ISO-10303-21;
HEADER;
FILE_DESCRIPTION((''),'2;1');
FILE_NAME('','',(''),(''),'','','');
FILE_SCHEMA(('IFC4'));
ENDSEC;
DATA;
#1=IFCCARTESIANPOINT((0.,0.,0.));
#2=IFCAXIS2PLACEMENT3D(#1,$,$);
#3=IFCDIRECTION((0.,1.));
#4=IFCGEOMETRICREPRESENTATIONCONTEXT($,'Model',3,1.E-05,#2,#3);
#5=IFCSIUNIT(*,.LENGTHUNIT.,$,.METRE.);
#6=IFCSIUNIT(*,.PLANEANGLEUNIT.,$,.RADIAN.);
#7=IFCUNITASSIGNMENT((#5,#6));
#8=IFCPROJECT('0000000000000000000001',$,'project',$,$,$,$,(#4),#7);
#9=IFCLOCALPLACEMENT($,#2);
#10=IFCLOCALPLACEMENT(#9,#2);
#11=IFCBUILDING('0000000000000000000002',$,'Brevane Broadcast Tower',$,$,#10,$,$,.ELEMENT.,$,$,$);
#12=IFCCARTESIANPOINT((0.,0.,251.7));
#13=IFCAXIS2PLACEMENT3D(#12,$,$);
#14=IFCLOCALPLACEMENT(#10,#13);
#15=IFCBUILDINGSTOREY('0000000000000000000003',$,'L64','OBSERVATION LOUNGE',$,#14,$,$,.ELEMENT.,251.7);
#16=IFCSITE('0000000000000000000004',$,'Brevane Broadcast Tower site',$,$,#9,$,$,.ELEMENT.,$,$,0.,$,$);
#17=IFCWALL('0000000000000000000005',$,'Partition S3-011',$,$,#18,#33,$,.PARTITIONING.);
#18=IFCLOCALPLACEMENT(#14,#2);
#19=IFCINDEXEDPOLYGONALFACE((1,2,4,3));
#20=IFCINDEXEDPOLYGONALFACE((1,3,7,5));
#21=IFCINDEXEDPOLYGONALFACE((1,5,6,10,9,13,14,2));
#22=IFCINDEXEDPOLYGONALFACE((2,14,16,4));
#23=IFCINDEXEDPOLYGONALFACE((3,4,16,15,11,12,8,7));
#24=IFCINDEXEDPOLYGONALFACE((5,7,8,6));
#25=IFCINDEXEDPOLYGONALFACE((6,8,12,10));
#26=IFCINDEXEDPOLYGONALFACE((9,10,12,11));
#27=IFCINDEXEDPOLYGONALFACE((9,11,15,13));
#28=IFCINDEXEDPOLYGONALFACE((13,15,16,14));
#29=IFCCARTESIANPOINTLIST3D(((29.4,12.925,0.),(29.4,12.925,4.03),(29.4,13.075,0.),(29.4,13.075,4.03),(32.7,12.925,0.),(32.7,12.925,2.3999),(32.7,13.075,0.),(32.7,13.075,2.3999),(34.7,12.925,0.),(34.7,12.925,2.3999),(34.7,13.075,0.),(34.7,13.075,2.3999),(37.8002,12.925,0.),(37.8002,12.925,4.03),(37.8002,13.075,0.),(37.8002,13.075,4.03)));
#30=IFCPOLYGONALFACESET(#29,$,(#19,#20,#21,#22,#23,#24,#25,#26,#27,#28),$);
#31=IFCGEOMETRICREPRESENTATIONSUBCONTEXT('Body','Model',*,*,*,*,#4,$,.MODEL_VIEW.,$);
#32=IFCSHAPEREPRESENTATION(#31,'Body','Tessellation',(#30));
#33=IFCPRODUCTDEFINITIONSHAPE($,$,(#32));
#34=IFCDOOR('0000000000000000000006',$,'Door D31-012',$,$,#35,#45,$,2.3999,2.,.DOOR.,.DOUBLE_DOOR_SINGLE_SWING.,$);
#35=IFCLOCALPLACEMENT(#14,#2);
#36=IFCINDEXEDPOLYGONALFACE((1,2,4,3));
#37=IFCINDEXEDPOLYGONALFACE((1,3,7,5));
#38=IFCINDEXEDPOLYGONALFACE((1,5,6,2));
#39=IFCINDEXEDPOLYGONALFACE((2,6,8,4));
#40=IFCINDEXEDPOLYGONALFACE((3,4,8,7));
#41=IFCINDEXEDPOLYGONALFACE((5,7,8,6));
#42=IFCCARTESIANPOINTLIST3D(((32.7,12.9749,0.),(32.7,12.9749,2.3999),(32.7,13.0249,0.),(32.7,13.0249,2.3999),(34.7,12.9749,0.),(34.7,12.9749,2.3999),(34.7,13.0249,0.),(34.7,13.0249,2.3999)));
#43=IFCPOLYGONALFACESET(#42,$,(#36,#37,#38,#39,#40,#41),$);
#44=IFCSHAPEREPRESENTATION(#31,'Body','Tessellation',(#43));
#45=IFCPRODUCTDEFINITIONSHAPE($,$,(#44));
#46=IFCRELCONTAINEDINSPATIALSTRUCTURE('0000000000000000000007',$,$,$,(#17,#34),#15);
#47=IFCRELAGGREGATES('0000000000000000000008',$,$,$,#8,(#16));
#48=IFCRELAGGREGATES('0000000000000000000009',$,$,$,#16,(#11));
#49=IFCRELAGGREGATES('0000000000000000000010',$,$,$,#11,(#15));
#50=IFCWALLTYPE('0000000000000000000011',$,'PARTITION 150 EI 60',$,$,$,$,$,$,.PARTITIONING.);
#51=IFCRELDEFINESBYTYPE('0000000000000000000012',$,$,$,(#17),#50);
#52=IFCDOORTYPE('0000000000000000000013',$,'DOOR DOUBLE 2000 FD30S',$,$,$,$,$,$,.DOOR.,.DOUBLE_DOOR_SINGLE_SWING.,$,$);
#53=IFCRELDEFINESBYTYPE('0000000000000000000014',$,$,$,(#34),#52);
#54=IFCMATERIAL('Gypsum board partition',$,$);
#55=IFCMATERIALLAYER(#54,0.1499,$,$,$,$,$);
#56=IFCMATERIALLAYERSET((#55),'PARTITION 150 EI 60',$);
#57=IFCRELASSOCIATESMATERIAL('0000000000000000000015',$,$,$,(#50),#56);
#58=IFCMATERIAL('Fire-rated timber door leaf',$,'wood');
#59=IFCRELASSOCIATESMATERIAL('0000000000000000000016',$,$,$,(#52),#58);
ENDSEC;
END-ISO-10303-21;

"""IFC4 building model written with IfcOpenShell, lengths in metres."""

from ifc_helpers import new_model, si_unit, direction, frame, frame_2d, origin, place, context, subcontext, project, spatial, rectangle, extrude, material, layer, layer_set, type_object, element, fill, save


model = new_model("IFC4")

# Units and contexts
model_context = context("Model", 3, precision=1e-05, world=origin(), true_north=direction((0.0, 1.0)))
body_context = subcontext(model_context, "Body", "Model", "MODEL_VIEW")
ifc_project = project(units=[si_unit("LENGTHUNIT", "METRE"), si_unit("PLANEANGLEUNIT", "RADIAN")], contexts=[model_context])

# Site, building, storey
site_placement = place(None, origin())
site = spatial("IfcSite", under=ifc_project, at=site_placement, Name="Brevane Broadcast Tower site", CompositionType="ELEMENT", RefElevation=0.0)
building_placement = place(site_placement, origin())
building = spatial("IfcBuilding", under=site, at=building_placement, Name="Brevane Broadcast Tower", CompositionType="ELEMENT")
storey_placement = place(building_placement, frame((0.0, 0.0, 251.7)))
storey = spatial("IfcBuildingStorey", under=building, at=storey_placement, Name="L64", Description="OBSERVATION LOUNGE", CompositionType="ELEMENT", Elevation=251.7)

# Shared definitions
ifc_material_1 = material(Name="Gypsum board partition")
ifc_layer_1 = layer(ifc_material_1, 0.1499)
ifc_layer_set_1 = layer_set([ifc_layer_1], Name="PARTITION 150 EI 60")
wall_type_1 = type_object("IfcWallType", Name="PARTITION 150 EI 60", PredefinedType="PARTITIONING", material=ifc_layer_set_1)
ifc_material_2 = material(Name="Fire-rated timber door leaf", Category="wood")

# Wall, opening, door
wall_1_placement = place(storey_placement, frame((29.3999, 13.0, 0.0), z_axis=(0.0, 0.0, 1.0), x_axis=(1.0, 0.0, 0.0)))
wall_1 = element("IfcWall", 1, at=wall_1_placement, inside=storey, type_object=wall_type_1, Name="Partition S3-011", PredefinedType="PARTITIONING", context=body_context, shape_type="SweptSolid", body=[
    extrude(rectangle(XDim=8.4001, YDim=0.1499, at=frame_2d((4.2002, 0.0))), origin(), (0.0, 0.0, 1.0), 4.03),
])
opening_1_placement = place(wall_1_placement, frame((3.3, 0.0, 0.0)))
opening_1 = element("IfcOpeningElement", 2, at=opening_1_placement, cuts=wall_1, PredefinedType="OPENING", context=body_context, shape_type="SweptSolid", body=[
    extrude(rectangle(XDim=2.0, YDim=2.3999, at=frame_2d((1.0, 1.2))), frame((0.0, 0.085, 0.0), z_axis=(0.0, -1.0, 0.0), x_axis=(1.0, 0.0, 0.0)), (0.0, 0.0, 1.0), 0.1699),
])
door_type_1 = type_object("IfcDoorType", Name="DOOR DOUBLE 2000 FD30S", OperationType="DOUBLE_DOOR_SINGLE_SWING", PredefinedType="DOOR", material=ifc_material_2)
door_1_placement = place(opening_1_placement, origin())
door_1 = element("IfcDoor", 3, at=door_1_placement, inside=storey, type_object=door_type_1, Name="Door D31-012", OperationType="DOUBLE_DOOR_SINGLE_SWING", OverallHeight=2.3999, OverallWidth=2.0, PredefinedType="DOOR", context=body_context, shape_type="SweptSolid", body=[
    extrude(rectangle(XDim=2.0, YDim=2.3999, at=frame_2d((1.0, 1.2))), frame((0.0, 0.0249, 0.0), z_axis=(0.0, -1.0, 0.0), x_axis=(1.0, 0.0, 0.0)), (0.0, 0.0, 1.0), 0.05),
])
fill(opening_1, door_1)

save(model, "model.ifc")
